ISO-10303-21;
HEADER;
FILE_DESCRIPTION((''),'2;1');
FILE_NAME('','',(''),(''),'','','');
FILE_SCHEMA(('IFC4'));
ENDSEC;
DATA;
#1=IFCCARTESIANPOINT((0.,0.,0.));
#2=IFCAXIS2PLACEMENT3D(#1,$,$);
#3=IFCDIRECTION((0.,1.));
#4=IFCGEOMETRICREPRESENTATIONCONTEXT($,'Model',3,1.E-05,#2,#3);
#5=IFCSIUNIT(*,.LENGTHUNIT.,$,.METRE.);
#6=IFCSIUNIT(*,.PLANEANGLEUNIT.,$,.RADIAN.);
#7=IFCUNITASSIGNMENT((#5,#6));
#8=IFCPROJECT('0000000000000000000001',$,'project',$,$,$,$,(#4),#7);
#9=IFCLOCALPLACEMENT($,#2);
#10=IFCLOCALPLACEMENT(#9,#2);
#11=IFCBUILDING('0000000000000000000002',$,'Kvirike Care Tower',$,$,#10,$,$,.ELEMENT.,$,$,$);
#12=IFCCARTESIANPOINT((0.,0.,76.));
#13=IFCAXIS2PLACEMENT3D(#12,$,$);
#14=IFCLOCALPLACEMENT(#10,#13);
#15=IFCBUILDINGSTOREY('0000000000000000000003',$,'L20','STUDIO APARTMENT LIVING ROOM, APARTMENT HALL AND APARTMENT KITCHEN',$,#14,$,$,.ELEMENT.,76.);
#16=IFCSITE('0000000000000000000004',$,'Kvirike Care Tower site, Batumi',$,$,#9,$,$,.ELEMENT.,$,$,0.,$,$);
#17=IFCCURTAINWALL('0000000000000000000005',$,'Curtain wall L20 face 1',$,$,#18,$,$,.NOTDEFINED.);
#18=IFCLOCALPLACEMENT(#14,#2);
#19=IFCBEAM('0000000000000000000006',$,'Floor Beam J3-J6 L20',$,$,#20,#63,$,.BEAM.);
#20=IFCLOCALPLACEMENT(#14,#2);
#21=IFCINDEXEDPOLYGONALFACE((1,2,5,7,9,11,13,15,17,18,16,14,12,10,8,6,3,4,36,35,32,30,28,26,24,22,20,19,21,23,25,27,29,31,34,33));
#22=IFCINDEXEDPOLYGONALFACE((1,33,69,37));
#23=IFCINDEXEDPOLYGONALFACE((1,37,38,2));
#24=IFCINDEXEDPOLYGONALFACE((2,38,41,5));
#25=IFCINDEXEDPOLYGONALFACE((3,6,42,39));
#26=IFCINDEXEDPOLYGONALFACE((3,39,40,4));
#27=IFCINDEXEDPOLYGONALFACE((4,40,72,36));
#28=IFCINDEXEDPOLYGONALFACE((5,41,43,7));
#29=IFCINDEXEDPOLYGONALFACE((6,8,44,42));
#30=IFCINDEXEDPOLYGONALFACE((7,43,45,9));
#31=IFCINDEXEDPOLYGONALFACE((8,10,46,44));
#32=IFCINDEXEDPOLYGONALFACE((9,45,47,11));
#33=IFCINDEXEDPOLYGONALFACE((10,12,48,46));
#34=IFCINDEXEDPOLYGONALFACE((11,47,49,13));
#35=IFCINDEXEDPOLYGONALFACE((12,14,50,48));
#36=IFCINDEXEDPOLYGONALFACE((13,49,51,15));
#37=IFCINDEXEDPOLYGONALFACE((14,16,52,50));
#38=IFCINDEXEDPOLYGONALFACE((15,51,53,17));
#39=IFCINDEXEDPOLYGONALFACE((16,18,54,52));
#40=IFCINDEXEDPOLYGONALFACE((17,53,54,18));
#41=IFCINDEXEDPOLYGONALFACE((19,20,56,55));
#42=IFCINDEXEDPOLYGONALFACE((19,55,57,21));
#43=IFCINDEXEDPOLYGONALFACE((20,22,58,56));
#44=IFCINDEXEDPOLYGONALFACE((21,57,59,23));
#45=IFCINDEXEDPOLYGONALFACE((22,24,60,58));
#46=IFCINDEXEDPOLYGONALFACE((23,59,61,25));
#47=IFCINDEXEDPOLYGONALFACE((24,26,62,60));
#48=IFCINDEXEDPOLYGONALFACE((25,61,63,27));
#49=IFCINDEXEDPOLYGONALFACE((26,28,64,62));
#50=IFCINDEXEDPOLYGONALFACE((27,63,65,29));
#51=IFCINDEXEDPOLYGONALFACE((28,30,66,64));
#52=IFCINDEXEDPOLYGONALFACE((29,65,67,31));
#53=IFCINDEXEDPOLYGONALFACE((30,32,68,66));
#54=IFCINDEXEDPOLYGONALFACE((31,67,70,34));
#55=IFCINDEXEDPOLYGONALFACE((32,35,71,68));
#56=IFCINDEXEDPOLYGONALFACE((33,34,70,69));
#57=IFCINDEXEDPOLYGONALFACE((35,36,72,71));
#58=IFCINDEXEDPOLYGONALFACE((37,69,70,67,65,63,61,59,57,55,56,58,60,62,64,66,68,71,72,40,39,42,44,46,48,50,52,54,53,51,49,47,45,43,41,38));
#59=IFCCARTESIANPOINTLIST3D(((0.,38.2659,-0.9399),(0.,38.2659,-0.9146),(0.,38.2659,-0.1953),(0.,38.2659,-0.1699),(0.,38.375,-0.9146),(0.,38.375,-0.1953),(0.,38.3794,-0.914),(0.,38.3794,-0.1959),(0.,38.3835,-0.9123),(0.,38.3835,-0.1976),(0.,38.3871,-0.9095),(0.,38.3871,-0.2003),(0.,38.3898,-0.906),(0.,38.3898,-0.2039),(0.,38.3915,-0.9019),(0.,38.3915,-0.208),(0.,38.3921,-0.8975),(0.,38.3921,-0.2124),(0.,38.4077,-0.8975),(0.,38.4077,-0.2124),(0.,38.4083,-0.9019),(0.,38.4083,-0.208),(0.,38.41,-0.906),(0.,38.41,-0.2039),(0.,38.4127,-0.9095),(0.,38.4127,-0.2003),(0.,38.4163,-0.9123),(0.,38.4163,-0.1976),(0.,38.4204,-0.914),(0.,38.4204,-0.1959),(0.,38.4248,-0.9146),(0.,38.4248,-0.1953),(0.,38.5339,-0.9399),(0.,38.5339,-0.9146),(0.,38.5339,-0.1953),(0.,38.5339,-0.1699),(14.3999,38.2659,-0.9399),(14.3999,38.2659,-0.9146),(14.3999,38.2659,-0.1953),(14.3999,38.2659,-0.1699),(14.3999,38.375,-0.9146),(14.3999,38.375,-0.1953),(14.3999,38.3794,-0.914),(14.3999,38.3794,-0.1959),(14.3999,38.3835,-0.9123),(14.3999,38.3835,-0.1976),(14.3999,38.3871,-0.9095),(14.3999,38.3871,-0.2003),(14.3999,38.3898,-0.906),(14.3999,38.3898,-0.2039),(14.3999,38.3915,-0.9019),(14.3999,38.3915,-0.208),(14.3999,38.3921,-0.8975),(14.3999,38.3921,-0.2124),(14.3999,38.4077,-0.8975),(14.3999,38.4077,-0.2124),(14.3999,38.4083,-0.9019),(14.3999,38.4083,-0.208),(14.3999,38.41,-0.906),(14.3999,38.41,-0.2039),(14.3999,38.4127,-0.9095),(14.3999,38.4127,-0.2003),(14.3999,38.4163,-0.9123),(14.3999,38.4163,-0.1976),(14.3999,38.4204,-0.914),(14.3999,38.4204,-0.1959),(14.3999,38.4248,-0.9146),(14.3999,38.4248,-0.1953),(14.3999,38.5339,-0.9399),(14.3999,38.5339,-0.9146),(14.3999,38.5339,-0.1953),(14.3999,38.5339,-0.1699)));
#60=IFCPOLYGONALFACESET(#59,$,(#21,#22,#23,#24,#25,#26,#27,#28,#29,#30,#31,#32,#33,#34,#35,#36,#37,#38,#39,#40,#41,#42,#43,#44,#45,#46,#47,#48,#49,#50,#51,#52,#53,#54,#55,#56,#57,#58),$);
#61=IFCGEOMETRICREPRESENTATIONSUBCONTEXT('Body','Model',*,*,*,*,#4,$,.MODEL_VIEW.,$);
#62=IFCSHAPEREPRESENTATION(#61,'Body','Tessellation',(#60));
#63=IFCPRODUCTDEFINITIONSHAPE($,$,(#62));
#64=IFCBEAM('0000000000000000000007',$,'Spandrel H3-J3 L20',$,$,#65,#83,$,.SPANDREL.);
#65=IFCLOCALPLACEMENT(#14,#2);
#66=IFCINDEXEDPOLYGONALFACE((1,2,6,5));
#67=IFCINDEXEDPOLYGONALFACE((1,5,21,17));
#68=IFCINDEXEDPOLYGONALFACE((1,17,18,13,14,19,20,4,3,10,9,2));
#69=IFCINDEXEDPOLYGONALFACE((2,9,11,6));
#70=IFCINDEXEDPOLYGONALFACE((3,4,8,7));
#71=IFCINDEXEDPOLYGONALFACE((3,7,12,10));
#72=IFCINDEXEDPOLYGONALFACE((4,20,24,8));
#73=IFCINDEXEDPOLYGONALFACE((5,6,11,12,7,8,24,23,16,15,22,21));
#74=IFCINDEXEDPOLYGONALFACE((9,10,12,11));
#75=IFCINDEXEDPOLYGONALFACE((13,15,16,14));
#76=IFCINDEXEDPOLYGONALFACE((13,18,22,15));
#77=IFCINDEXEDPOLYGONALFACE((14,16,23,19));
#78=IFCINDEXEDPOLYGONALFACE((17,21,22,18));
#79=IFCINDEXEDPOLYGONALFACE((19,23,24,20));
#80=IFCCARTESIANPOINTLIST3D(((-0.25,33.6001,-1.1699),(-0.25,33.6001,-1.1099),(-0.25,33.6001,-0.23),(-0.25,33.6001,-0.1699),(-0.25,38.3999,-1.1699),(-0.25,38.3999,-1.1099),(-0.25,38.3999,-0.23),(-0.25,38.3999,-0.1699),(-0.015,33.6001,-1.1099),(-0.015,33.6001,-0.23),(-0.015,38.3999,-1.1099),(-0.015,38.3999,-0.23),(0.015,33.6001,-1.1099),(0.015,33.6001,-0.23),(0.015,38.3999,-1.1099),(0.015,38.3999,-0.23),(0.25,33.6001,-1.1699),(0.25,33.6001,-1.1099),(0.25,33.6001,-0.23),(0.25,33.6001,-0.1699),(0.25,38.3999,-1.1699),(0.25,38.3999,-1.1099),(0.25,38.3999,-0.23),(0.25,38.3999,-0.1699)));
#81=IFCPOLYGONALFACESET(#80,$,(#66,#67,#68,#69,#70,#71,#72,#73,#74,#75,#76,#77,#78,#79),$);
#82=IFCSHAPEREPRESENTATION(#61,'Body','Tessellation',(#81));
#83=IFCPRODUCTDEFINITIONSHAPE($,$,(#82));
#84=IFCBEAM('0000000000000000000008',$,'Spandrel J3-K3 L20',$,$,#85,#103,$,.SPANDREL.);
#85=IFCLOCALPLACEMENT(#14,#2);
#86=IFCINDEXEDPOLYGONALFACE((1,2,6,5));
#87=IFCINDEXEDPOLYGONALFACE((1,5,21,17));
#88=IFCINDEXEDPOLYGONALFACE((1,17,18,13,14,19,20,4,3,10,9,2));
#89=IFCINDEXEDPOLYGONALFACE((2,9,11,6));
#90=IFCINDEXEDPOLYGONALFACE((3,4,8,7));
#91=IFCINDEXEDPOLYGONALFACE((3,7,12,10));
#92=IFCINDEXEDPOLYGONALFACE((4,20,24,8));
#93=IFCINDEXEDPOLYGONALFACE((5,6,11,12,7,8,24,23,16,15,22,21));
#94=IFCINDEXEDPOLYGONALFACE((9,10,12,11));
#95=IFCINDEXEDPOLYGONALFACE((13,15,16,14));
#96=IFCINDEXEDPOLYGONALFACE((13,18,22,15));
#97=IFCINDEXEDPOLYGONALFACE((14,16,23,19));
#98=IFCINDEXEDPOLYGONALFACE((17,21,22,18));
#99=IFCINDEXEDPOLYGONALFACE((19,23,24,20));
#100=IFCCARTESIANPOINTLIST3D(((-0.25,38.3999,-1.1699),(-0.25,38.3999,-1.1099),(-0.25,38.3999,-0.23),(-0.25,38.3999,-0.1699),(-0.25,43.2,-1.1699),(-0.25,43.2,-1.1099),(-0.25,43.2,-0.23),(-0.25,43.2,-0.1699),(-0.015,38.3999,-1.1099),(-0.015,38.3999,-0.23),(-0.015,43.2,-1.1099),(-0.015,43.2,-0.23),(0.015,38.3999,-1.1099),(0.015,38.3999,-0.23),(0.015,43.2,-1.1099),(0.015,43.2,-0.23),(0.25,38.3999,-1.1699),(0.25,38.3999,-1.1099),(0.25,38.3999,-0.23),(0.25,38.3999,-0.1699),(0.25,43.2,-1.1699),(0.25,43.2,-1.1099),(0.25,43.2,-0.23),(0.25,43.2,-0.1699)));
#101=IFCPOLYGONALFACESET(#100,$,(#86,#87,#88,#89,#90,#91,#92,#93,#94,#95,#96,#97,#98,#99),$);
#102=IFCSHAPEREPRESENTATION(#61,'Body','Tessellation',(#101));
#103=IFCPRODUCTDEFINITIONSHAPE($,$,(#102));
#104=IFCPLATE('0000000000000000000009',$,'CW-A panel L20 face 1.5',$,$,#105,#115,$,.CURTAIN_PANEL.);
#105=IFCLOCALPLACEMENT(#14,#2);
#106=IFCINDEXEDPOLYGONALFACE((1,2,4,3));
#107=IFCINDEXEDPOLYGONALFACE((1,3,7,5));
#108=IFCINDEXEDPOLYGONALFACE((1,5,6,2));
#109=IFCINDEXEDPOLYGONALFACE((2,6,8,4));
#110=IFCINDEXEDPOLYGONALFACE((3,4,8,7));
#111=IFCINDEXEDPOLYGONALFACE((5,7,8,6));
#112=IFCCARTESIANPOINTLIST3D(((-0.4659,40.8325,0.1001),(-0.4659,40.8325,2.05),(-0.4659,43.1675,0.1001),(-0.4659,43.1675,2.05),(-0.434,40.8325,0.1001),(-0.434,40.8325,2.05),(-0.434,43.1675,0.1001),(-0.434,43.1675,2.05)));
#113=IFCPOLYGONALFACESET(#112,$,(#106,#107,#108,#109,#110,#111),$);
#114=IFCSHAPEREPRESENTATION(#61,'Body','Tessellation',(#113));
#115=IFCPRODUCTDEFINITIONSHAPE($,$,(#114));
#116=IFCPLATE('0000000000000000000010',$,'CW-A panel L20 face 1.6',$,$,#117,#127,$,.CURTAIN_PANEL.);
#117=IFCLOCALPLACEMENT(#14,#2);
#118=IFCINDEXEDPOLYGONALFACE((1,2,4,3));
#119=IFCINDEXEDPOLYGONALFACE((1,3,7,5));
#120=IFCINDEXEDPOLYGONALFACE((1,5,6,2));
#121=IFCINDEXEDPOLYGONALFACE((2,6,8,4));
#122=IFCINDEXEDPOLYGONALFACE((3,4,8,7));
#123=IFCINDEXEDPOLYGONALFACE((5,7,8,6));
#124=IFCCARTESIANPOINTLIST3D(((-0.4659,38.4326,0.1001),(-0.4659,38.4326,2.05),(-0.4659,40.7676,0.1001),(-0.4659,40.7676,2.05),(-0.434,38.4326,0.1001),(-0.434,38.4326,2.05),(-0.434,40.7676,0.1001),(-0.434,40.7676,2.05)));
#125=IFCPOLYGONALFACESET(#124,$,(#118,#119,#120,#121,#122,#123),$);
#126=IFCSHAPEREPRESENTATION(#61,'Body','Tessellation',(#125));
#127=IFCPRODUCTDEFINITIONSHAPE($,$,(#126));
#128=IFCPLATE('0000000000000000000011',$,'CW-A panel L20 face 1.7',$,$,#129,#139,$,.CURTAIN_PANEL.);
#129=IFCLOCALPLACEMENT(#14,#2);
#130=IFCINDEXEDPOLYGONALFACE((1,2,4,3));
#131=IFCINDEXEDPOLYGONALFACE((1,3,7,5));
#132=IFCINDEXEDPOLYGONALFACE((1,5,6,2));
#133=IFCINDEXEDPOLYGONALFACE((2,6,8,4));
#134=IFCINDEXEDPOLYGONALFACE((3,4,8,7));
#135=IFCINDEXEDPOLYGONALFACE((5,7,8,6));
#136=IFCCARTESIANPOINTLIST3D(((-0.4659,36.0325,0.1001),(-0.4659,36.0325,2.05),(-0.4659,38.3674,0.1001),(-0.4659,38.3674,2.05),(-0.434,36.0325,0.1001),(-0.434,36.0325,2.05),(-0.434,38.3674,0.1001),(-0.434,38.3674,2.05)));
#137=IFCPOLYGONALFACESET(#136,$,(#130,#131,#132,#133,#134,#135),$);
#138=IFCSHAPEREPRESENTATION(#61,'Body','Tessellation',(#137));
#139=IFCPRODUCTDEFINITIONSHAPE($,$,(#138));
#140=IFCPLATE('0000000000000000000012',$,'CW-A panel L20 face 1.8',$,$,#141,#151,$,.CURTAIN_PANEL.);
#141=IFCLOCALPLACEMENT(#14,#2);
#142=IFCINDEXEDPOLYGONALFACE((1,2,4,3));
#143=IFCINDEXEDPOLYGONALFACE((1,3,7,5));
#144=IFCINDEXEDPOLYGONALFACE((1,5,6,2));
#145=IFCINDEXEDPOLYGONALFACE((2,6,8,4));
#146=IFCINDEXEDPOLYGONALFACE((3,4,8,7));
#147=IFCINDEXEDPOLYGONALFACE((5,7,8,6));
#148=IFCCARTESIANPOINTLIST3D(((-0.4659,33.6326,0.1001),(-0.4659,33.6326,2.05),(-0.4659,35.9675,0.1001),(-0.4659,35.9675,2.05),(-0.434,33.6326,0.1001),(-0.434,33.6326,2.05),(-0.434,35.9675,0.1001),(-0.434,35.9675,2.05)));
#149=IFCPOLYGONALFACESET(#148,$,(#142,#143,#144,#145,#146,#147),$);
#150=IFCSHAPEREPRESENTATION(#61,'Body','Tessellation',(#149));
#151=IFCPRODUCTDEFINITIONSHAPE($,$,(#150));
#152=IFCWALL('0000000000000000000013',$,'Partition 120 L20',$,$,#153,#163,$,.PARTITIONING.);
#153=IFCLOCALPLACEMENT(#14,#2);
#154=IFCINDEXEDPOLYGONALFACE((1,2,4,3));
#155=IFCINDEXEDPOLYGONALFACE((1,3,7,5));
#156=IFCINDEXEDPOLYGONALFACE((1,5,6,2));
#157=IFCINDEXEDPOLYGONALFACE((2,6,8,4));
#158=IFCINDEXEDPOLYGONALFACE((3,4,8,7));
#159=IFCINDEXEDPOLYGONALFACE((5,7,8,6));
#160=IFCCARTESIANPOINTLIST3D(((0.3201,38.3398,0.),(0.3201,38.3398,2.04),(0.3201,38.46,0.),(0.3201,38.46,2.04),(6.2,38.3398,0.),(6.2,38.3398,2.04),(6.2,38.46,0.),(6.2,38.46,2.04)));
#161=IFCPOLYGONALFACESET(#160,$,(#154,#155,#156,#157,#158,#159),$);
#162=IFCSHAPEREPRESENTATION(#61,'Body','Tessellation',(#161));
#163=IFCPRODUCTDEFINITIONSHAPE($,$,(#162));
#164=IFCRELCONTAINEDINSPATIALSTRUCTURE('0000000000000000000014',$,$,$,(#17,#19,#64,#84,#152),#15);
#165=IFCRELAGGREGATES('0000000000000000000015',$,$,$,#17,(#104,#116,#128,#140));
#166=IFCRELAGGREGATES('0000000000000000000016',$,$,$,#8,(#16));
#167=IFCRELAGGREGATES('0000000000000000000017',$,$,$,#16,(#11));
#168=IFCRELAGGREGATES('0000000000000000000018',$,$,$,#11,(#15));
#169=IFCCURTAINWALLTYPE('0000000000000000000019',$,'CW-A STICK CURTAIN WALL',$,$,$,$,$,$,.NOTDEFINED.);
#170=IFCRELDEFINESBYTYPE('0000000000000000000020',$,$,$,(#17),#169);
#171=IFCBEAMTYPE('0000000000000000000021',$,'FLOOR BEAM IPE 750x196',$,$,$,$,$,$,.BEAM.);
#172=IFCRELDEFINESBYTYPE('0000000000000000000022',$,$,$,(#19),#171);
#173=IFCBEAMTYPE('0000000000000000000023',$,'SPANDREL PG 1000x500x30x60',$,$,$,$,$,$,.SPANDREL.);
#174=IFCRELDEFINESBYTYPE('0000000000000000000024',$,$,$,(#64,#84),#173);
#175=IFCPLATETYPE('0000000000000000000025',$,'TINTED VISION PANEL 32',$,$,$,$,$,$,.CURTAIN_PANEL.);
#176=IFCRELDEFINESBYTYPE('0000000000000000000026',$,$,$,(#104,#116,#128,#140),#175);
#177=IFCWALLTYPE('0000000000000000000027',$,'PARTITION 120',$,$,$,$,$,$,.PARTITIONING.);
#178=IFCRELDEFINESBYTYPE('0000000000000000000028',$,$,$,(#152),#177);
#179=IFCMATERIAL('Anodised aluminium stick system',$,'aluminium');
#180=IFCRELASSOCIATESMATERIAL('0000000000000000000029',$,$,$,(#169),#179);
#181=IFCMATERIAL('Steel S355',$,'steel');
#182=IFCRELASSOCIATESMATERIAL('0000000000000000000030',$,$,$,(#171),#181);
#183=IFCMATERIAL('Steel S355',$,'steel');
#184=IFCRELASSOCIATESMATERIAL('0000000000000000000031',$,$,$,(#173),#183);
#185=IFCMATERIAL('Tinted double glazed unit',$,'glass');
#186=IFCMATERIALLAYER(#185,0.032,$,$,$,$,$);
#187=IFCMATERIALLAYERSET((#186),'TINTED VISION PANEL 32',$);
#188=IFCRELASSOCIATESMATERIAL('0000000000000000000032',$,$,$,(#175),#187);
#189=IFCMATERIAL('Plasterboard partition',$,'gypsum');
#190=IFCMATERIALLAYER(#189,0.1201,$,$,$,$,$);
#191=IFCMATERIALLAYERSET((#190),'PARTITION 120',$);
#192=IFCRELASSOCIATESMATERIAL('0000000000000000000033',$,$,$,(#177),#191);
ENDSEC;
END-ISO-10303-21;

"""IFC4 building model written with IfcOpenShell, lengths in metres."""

from ifc_helpers import new_model, si_unit, direction, frame, frame_2d, origin, origin_2d, place, context, subcontext, project, spatial, rectangle, i_section, extrude, material, layer, layer_set, material_profile, profile_set, type_object, element, aggregate, save


model = new_model("IFC4")

# Units and contexts
model_context = context("Model", 3, precision=1e-05, world=origin(), true_north=direction((0.0, 1.0)))
body_context = subcontext(model_context, "Body", "Model", "MODEL_VIEW")
ifc_project = project(units=[si_unit("LENGTHUNIT", "METRE"), si_unit("PLANEANGLEUNIT", "RADIAN")], contexts=[model_context])

# Site, building, storey
site_placement = place(None, origin())
site = spatial("IfcSite", under=ifc_project, at=site_placement, Name="Kvirike Care Tower site, Batumi", CompositionType="ELEMENT", RefElevation=0.0)
building_placement = place(site_placement, origin())
building = spatial("IfcBuilding", under=site, at=building_placement, Name="Kvirike Care Tower", CompositionType="ELEMENT")
storey_placement = place(building_placement, frame((0.0, 0.0, 76.0)))
storey = spatial("IfcBuildingStorey", under=building, at=storey_placement, Name="L20", Description="STUDIO APARTMENT LIVING ROOM, APARTMENT HALL AND APARTMENT KITCHEN", CompositionType="ELEMENT", Elevation=76.0)

# Curtain wall
ifc_material_1 = material(Name="Anodised aluminium stick system", Category="aluminium")
curtain_wall_type = type_object("IfcCurtainWallType", Name="CW-A STICK CURTAIN WALL", PredefinedType="NOTDEFINED", material=ifc_material_1)
curtain_wall_placement = place(storey_placement, origin())
curtain_wall = element("IfcCurtainWall", 1, at=curtain_wall_placement, inside=storey, type_object=curtain_wall_type, Name="Curtain wall L20 face 1", PredefinedType="NOTDEFINED")

# Beams
ifc_material_2 = material(Name="Steel S355", Category="steel")
ifc_material_profile_1 = material_profile(ifc_material_2, i_section(OverallWidth=0.2681, OverallDepth=0.77, WebThickness=0.0156, FlangeThickness=0.0254, FilletRadius=0.0171, at=origin_2d()), Name="IPE 750x196")
ifc_profile_set_1 = profile_set([ifc_material_profile_1], Name="Steel S355")
beam_type_1 = type_object("IfcBeamType", Name="FLOOR BEAM IPE 750x196", PredefinedType="BEAM", material=ifc_profile_set_1)
beam_1_placement = place(storey_placement, frame((0.0, 38.3999, -0.5549), z_axis=(1.0, 0.0, 0.0), x_axis=(0.0, 1.0, 0.0)))
element("IfcBeam", 2, at=beam_1_placement, inside=storey, type_object=beam_type_1, Name="Floor Beam J3-J6 L20", PredefinedType="BEAM", context=body_context, shape_type="SweptSolid", body=[
    extrude(i_section(OverallWidth=0.2681, OverallDepth=0.77, WebThickness=0.0156, FlangeThickness=0.0254, FilletRadius=0.0171, at=origin_2d()), origin(), (0.0, 0.0, 1.0), 14.3999),
])
ifc_material_3 = material(Name="Steel S355", Category="steel")
ifc_material_profile_2 = material_profile(ifc_material_3, i_section(OverallWidth=0.5, OverallDepth=1.0, WebThickness=0.03, FlangeThickness=0.0601, at=origin_2d()), Name="PG 1000x500x30x60")
ifc_profile_set_2 = profile_set([ifc_material_profile_2], Name="Steel S355")
beam_type_2 = type_object("IfcBeamType", Name="SPANDREL PG 1000x500x30x60", PredefinedType="SPANDREL", material=ifc_profile_set_2)
beam_2_placement = place(storey_placement, frame((0.0, 33.6001, -0.6699), z_axis=(0.0, 1.0, 0.0), x_axis=(-1.0, 0.0, 0.0)))
element("IfcBeam", 3, at=beam_2_placement, inside=storey, type_object=beam_type_2, Name="Spandrel H3-J3 L20", PredefinedType="SPANDREL", context=body_context, shape_type="SweptSolid", body=[
    extrude(i_section(OverallWidth=0.5, OverallDepth=1.0, WebThickness=0.03, FlangeThickness=0.0601, at=origin_2d()), origin(), (0.0, 0.0, 1.0), 4.7998),
])
beam_3_placement = place(storey_placement, frame((0.0, 38.3999, -0.6699), z_axis=(0.0, 1.0, 0.0), x_axis=(-1.0, 0.0, 0.0)))
element("IfcBeam", 4, at=beam_3_placement, inside=storey, type_object=beam_type_2, Name="Spandrel J3-K3 L20", PredefinedType="SPANDREL", context=body_context, shape_type="SweptSolid", body=[
    extrude(i_section(OverallWidth=0.5, OverallDepth=1.0, WebThickness=0.03, FlangeThickness=0.0601, at=origin_2d()), origin(), (0.0, 0.0, 1.0), 4.8),
])

# Plates
ifc_material_4 = material(Name="Tinted double glazed unit", Category="glass")
ifc_layer_1 = layer(ifc_material_4, 0.032)
ifc_layer_set_1 = layer_set([ifc_layer_1], Name="TINTED VISION PANEL 32")
plate_type = type_object("IfcPlateType", Name="TINTED VISION PANEL 32", PredefinedType="CURTAIN_PANEL", material=ifc_layer_set_1)
plate_1_placement = place(storey_placement, frame((-0.45, 42.0, 0.1001), z_axis=(0.0, 0.0, 1.0), x_axis=(0.0, -1.0, 0.0)))
plate_1 = element("IfcPlate", 5, at=plate_1_placement, type_object=plate_type, Name="CW-A panel L20 face 1.5", PredefinedType="CURTAIN_PANEL", context=body_context, shape_type="SweptSolid", body=[
    extrude(rectangle(XDim=2.335, YDim=0.032, at=origin_2d()), origin(), (0.0, 0.0, 1.0), 1.95),
])
plate_2_placement = place(storey_placement, frame((-0.45, 39.6001, 0.1001), z_axis=(0.0, 0.0, 1.0), x_axis=(0.0, -1.0, 0.0)))
plate_2 = element("IfcPlate", 6, at=plate_2_placement, type_object=plate_type, Name="CW-A panel L20 face 1.6", PredefinedType="CURTAIN_PANEL", context=body_context, shape_type="SweptSolid", body=[
    extrude(rectangle(XDim=2.335, YDim=0.032, at=origin_2d()), origin(), (0.0, 0.0, 1.0), 1.95),
])
plate_3_placement = place(storey_placement, frame((-0.45, 37.2, 0.1001), z_axis=(0.0, 0.0, 1.0), x_axis=(0.0, -1.0, 0.0)))
plate_3 = element("IfcPlate", 7, at=plate_3_placement, type_object=plate_type, Name="CW-A panel L20 face 1.7", PredefinedType="CURTAIN_PANEL", context=body_context, shape_type="SweptSolid", body=[
    extrude(rectangle(XDim=2.335, YDim=0.032, at=origin_2d()), origin(), (0.0, 0.0, 1.0), 1.95),
])
plate_4_placement = place(storey_placement, frame((-0.45, 34.8, 0.1001), z_axis=(0.0, 0.0, 1.0), x_axis=(0.0, -1.0, 0.0)))
plate_4 = element("IfcPlate", 8, at=plate_4_placement, type_object=plate_type, Name="CW-A panel L20 face 1.8", PredefinedType="CURTAIN_PANEL", context=body_context, shape_type="SweptSolid", body=[
    extrude(rectangle(XDim=2.335, YDim=0.032, at=origin_2d()), origin(), (0.0, 0.0, 1.0), 1.95),
])
aggregate(curtain_wall, [plate_1, plate_2, plate_3, plate_4])

# Wall
ifc_material_5 = material(Name="Plasterboard partition", Category="gypsum")
ifc_layer_2 = layer(ifc_material_5, 0.1201)
ifc_layer_set_2 = layer_set([ifc_layer_2], Name="PARTITION 120")
wall_type_1 = type_object("IfcWallType", Name="PARTITION 120", PredefinedType="PARTITIONING", material=ifc_layer_set_2)
wall_1_placement = place(storey_placement, frame((0.3201, 38.3999, 0.0), z_axis=(0.0, 0.0, 1.0), x_axis=(1.0, 0.0, 0.0)))
element("IfcWall", 9, at=wall_1_placement, inside=storey, type_object=wall_type_1, Name="Partition 120 L20", PredefinedType="PARTITIONING", context=body_context, shape_type="SweptSolid", body=[
    extrude(rectangle(XDim=5.8799, YDim=0.1201, at=frame_2d((2.9399, 0.0))), origin(), (0.0, 0.0, 1.0), 2.04),
])

save(model, "model.ifc")
